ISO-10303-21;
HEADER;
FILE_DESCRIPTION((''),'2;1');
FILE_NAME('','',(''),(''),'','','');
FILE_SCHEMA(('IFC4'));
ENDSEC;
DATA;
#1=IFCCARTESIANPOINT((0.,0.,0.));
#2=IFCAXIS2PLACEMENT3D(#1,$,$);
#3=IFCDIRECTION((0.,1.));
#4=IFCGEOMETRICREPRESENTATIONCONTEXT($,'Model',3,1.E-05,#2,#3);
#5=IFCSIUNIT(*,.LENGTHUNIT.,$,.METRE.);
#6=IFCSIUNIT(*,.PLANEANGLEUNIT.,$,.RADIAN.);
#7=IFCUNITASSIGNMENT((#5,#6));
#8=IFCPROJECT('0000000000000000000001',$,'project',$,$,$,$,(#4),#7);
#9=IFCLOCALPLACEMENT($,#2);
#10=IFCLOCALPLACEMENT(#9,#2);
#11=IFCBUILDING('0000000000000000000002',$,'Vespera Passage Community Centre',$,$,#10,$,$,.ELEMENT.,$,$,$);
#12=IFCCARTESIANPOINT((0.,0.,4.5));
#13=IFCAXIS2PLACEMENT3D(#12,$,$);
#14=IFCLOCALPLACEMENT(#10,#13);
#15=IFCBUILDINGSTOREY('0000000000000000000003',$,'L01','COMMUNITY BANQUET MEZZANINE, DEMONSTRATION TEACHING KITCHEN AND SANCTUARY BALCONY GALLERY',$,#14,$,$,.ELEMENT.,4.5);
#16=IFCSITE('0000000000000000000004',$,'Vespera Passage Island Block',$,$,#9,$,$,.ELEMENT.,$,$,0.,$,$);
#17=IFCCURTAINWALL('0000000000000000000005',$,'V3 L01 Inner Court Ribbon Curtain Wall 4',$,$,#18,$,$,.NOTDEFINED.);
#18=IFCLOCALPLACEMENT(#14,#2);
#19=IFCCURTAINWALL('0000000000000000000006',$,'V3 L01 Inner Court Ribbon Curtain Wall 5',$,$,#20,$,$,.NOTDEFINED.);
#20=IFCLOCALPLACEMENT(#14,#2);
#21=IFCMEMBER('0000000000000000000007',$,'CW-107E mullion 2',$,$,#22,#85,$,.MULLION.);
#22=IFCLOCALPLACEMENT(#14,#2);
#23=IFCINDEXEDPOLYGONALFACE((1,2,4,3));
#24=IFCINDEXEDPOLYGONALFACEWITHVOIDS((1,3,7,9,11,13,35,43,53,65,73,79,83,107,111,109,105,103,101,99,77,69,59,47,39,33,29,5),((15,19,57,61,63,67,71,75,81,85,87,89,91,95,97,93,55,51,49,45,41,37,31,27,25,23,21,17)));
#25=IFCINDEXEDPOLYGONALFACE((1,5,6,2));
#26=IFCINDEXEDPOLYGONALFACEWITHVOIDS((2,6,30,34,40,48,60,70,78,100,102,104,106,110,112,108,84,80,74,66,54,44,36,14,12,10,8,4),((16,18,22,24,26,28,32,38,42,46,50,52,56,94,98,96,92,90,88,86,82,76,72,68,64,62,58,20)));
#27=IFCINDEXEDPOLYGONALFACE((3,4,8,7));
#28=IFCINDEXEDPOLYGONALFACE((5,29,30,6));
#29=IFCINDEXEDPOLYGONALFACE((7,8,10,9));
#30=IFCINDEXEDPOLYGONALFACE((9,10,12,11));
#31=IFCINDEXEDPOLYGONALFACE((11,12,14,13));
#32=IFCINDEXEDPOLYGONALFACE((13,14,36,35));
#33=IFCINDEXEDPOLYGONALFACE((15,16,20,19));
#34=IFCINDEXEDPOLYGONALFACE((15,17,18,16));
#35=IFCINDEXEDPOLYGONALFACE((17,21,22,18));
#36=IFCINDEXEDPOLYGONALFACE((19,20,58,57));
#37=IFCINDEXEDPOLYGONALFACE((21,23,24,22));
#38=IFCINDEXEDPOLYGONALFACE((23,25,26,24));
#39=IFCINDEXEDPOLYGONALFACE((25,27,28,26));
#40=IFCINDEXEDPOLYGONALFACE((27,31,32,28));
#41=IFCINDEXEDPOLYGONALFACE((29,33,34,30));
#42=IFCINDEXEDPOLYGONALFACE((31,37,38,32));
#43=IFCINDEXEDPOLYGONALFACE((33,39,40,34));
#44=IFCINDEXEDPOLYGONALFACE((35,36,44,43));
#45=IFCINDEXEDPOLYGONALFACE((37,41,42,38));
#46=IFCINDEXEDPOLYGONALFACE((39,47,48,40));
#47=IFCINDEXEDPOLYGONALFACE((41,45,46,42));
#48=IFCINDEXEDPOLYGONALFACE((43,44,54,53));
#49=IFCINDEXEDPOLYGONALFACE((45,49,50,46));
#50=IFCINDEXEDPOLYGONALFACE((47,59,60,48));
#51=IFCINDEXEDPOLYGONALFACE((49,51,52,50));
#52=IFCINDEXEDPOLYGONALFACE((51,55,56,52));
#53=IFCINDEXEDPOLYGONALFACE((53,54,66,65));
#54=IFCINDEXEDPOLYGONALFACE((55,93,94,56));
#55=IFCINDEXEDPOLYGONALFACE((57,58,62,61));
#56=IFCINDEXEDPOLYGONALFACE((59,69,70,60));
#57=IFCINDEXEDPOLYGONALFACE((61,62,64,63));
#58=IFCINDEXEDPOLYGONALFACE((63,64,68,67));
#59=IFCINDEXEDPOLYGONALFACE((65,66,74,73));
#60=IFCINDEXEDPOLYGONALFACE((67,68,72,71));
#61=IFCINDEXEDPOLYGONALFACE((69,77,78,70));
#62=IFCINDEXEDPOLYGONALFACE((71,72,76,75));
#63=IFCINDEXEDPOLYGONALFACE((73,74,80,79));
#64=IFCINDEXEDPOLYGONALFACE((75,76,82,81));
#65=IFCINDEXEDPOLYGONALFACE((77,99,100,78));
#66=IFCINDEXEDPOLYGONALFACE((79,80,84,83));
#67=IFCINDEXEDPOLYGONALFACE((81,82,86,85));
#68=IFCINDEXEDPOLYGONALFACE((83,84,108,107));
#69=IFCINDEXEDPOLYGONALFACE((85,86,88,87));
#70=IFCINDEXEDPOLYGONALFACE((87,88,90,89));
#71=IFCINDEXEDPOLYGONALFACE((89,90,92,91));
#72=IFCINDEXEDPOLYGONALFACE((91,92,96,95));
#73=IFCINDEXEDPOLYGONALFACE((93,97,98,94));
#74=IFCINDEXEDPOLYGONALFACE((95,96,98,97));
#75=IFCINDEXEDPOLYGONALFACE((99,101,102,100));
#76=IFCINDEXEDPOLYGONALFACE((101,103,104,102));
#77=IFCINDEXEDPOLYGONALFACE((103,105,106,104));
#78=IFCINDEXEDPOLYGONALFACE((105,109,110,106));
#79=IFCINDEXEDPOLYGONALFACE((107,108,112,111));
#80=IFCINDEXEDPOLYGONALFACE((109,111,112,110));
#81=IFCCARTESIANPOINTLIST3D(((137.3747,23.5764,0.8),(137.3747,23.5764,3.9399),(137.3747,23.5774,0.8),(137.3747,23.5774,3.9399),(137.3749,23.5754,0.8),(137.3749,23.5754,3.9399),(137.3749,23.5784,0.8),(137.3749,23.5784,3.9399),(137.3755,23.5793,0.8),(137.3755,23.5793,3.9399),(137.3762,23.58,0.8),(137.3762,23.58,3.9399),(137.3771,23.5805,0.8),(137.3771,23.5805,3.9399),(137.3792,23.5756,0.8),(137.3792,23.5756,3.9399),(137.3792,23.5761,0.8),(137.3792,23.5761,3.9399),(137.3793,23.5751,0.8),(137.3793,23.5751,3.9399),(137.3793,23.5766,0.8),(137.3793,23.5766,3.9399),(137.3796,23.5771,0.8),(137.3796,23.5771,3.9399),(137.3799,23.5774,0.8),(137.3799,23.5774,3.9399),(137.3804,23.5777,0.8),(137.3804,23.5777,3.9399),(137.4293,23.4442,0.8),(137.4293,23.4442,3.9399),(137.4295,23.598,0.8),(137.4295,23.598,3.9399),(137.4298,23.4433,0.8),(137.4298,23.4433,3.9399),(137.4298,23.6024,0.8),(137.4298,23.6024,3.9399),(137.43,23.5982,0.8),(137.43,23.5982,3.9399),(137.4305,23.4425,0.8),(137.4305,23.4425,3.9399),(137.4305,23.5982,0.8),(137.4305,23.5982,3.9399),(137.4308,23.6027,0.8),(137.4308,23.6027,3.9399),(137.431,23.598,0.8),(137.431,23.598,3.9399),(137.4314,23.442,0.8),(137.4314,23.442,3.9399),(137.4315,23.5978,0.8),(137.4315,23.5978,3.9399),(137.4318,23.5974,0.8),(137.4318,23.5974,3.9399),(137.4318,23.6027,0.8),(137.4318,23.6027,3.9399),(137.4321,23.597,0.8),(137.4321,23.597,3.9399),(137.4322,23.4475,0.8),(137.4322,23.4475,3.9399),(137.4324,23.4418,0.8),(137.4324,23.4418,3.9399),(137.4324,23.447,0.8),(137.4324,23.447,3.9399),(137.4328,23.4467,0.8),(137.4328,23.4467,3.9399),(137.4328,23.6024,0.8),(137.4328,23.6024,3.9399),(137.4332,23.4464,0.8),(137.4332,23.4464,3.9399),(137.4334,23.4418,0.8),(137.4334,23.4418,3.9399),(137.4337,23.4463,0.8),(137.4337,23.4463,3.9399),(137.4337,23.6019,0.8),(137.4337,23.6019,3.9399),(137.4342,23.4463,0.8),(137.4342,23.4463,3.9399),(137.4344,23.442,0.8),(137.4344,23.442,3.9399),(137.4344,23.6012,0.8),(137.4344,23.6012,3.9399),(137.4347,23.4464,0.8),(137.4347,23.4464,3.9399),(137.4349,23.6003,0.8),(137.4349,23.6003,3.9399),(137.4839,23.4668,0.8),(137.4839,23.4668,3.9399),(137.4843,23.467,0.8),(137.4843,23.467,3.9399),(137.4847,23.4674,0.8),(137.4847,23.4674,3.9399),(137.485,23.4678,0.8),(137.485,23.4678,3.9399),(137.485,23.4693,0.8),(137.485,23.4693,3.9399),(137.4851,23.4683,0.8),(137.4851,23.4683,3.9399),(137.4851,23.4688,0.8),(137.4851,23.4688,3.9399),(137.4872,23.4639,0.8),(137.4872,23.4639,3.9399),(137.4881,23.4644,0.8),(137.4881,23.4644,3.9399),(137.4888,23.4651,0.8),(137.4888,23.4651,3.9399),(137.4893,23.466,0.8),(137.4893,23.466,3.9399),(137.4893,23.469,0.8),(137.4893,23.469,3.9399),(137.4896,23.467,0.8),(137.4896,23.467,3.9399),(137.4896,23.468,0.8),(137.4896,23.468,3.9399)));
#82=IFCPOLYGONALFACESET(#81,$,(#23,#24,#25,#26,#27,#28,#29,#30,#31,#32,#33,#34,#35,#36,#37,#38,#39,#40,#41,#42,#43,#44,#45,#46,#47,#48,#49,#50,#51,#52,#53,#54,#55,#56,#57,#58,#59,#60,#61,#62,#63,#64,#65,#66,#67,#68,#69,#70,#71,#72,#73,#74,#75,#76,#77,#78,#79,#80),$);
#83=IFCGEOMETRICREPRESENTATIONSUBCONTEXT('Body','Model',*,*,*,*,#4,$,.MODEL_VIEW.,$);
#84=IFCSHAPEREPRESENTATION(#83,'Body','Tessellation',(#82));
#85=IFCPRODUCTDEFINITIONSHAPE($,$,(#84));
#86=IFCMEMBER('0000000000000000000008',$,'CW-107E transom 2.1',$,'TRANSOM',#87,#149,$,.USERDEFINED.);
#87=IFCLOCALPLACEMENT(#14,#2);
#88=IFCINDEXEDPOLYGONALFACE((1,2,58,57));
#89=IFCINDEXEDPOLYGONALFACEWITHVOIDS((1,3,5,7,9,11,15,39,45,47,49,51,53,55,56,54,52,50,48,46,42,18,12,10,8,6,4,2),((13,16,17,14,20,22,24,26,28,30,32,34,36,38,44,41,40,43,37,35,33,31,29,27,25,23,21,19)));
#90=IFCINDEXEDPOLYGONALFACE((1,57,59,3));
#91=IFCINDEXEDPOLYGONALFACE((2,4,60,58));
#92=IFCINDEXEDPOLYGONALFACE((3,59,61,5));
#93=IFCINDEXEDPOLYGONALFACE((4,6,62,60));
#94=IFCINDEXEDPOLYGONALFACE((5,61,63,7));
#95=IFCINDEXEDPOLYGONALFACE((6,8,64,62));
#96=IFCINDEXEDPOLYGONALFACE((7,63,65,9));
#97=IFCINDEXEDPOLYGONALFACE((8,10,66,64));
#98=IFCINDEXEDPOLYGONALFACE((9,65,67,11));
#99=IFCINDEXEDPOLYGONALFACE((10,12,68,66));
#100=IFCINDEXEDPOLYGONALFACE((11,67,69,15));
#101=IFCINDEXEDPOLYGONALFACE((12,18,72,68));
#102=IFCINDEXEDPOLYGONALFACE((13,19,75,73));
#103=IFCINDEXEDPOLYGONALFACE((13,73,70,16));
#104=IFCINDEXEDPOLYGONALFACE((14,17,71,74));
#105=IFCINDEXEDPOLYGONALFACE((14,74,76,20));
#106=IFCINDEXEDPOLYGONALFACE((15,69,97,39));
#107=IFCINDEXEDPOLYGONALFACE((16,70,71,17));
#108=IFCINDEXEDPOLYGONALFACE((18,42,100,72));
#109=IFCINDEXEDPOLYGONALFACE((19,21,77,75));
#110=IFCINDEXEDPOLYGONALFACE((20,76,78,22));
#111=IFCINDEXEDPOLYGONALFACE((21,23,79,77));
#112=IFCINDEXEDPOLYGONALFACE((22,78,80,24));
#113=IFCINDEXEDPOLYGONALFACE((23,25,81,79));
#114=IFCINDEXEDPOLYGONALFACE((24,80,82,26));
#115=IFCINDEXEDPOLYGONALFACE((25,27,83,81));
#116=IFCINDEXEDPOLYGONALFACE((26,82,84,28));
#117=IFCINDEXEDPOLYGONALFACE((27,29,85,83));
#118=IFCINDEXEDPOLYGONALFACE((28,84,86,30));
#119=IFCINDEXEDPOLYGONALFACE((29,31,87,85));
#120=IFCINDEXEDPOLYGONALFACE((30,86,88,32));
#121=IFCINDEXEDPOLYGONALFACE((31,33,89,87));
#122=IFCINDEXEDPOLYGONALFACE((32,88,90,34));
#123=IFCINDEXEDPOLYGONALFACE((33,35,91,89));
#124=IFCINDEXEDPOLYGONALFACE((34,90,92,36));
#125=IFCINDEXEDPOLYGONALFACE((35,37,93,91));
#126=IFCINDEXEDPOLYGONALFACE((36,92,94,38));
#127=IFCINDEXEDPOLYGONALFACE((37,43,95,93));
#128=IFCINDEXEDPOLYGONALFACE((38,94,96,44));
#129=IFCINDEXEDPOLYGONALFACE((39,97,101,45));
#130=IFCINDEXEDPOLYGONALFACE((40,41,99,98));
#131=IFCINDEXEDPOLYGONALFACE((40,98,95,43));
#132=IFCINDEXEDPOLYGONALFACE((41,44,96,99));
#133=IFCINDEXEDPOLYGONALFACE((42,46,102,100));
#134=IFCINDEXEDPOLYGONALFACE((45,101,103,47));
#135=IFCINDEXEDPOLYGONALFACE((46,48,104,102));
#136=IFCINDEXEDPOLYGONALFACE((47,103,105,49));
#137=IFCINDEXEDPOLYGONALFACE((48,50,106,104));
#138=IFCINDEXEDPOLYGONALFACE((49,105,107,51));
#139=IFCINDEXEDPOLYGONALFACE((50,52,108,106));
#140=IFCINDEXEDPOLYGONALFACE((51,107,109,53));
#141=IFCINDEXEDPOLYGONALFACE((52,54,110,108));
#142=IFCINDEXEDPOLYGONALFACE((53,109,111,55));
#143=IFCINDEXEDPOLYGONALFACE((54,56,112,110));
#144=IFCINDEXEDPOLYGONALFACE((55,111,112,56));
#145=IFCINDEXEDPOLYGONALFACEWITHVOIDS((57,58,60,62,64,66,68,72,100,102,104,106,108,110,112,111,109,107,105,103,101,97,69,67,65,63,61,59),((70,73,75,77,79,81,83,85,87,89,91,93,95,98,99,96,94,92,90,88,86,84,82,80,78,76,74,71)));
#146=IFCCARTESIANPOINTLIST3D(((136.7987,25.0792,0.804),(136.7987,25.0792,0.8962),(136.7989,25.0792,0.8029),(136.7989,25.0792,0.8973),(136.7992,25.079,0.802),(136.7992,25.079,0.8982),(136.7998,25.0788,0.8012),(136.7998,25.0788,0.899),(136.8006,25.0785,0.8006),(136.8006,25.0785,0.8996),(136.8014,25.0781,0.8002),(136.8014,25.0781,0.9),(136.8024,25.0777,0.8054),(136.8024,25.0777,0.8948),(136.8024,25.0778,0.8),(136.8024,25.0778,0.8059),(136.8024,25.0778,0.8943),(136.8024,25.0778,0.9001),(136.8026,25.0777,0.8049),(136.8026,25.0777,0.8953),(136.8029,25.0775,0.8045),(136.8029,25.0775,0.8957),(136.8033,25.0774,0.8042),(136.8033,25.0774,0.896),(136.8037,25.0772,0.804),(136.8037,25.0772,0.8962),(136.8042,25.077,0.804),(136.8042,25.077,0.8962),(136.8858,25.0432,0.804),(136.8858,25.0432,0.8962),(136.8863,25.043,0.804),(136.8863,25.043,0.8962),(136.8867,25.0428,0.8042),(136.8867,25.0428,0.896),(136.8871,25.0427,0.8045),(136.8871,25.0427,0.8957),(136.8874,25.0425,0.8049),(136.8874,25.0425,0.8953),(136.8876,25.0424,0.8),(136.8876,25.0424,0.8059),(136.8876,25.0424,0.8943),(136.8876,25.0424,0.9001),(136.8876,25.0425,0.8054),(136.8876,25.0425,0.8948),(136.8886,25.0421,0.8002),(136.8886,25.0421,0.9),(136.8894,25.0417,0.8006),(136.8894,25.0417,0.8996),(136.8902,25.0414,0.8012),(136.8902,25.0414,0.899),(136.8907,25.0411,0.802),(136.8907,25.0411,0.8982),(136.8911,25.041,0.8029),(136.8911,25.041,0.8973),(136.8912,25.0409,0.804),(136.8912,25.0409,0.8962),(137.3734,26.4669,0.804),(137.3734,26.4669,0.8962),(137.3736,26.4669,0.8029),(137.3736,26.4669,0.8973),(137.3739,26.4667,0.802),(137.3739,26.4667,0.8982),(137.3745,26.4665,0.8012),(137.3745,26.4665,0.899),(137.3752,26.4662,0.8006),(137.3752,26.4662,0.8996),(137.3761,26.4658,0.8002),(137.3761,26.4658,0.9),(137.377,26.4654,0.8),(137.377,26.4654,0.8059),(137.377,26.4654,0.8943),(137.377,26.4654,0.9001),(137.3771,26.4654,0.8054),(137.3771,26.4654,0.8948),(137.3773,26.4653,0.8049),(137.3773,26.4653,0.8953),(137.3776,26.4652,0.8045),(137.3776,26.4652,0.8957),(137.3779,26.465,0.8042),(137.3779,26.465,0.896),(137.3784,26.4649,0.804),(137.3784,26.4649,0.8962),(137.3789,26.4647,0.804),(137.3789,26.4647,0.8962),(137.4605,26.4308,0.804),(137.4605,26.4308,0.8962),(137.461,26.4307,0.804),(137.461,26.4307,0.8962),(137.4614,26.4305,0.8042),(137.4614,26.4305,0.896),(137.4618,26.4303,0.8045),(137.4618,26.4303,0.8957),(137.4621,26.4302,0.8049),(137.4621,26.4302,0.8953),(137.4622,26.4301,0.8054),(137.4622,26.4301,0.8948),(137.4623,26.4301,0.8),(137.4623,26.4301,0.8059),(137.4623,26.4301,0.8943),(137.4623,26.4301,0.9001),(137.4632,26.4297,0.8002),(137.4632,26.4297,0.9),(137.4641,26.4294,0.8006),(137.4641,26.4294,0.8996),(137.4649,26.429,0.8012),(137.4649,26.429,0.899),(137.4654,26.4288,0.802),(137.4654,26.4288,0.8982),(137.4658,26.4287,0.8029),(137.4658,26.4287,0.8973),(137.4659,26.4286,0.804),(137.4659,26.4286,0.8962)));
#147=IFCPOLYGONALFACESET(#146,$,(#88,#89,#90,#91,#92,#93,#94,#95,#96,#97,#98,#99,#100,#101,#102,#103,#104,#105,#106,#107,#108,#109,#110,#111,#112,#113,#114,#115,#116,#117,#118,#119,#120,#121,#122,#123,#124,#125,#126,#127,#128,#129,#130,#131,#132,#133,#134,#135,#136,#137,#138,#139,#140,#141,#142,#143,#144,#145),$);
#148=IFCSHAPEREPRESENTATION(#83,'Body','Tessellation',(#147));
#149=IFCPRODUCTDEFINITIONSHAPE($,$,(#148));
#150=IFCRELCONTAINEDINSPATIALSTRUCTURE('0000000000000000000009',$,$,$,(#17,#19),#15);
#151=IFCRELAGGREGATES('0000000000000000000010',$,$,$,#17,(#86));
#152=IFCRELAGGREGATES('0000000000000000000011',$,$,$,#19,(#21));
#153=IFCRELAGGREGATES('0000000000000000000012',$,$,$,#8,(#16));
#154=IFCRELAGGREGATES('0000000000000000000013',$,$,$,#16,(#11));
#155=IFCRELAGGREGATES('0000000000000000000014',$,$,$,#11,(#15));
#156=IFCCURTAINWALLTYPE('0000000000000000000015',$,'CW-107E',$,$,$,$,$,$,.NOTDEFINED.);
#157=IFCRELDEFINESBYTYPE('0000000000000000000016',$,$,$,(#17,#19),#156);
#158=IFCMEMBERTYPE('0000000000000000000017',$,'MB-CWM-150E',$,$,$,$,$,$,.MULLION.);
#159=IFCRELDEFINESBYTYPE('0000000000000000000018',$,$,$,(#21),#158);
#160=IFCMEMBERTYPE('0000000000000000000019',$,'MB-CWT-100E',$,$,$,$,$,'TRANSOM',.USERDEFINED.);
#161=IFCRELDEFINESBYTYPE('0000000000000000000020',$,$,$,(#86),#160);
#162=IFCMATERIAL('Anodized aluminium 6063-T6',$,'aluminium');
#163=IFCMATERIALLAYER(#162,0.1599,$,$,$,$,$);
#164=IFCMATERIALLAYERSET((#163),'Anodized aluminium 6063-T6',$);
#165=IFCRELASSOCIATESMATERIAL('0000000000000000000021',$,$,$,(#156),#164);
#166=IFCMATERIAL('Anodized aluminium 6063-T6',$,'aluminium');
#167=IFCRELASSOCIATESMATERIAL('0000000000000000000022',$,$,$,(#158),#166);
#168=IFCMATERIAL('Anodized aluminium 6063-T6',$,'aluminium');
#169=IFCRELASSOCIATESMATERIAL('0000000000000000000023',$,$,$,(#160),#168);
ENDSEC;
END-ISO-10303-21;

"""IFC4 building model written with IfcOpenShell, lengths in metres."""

from ifc_helpers import new_model, si_unit, direction, frame, origin, origin_2d, place, context, subcontext, project, spatial, hollow_rectangle, extrude, material, layer, layer_set, material_profile, profile_set, type_object, element, aggregate, save


model = new_model("IFC4")

# Units and contexts
model_context = context("Model", 3, precision=1e-05, world=origin(), true_north=direction((0.0, 1.0)))
body_context = subcontext(model_context, "Body", "Model", "MODEL_VIEW")
ifc_project = project(units=[si_unit("LENGTHUNIT", "METRE"), si_unit("PLANEANGLEUNIT", "RADIAN")], contexts=[model_context])

# Site, building, storey
site_placement = place(None, origin())
site = spatial("IfcSite", under=ifc_project, at=site_placement, Name="Vespera Passage Island Block", CompositionType="ELEMENT", RefElevation=0.0)
building_placement = place(site_placement, origin())
building = spatial("IfcBuilding", under=site, at=building_placement, Name="Vespera Passage Community Centre", CompositionType="ELEMENT")
storey_placement = place(building_placement, frame((0.0, 0.0, 4.5)))
storey = spatial("IfcBuildingStorey", under=building, at=storey_placement, Name="L01", Description="COMMUNITY BANQUET MEZZANINE, DEMONSTRATION TEACHING KITCHEN AND SANCTUARY BALCONY GALLERY", CompositionType="ELEMENT", Elevation=4.5)

# Curtain walls, member
ifc_material_1 = material(Name="Anodized aluminium 6063-T6", Category="aluminium")
ifc_layer_1 = layer(ifc_material_1, 0.1599)
ifc_layer_set_1 = layer_set([ifc_layer_1], Name="Anodized aluminium 6063-T6")
curtain_wall_type = type_object("IfcCurtainWallType", Name="CW-107E", PredefinedType="NOTDEFINED", material=ifc_layer_set_1)
curtain_wall_1_placement = place(storey_placement, origin())
curtain_wall_1 = element("IfcCurtainWall", 1, at=curtain_wall_1_placement, inside=storey, type_object=curtain_wall_type, Name="V3 L01 Inner Court Ribbon Curtain Wall 4", PredefinedType="NOTDEFINED")
ifc_material_2 = material(Name="Anodized aluminium 6063-T6", Category="aluminium")
ifc_material_profile_1 = material_profile(ifc_material_2, hollow_rectangle(XDim=0.0649, YDim=0.1499, WallThickness=0.0039, InnerFilletRadius=0.002, OuterFilletRadius=0.0039, at=origin_2d()), Name="ALU150X65X4")
ifc_profile_set_1 = profile_set([ifc_material_profile_1], Name="Anodized aluminium 6063-T6")
member_type_1 = type_object("IfcMemberType", Name="MB-CWM-150E", PredefinedType="MULLION", material=ifc_profile_set_1)
curtain_wall_2_placement = place(storey_placement, origin())
curtain_wall_2 = element("IfcCurtainWall", 2, at=curtain_wall_2_placement, inside=storey, type_object=curtain_wall_type, Name="V3 L01 Inner Court Ribbon Curtain Wall 5", PredefinedType="NOTDEFINED")
member_1_placement = place(storey_placement, frame((137.4321, 23.5222, 0.8), z_axis=(0.0, 0.0, 1.0), x_axis=(0.923879, 0.382686, 0.0)))
member_1 = element("IfcMember", 3, at=member_1_placement, type_object=member_type_1, Name="CW-107E mullion 2", PredefinedType="MULLION", context=body_context, shape_type="SweptSolid", body=[
    extrude(hollow_rectangle(XDim=0.0649, YDim=0.1499, WallThickness=0.0039, InnerFilletRadius=0.002, OuterFilletRadius=0.0039, at=origin_2d()), origin(), (0.0, 0.0, 1.0), 3.1399),
])

# Member
ifc_material_3 = material(Name="Anodized aluminium 6063-T6", Category="aluminium")
ifc_material_profile_2 = material_profile(ifc_material_3, hollow_rectangle(XDim=0.1001, YDim=0.1001, WallThickness=0.0039, InnerFilletRadius=0.002, OuterFilletRadius=0.0039, at=origin_2d()), Name="ALU100X100X4")
ifc_profile_set_2 = profile_set([ifc_material_profile_2], Name="Anodized aluminium 6063-T6")
member_type_2 = type_object("IfcMemberType", Name="MB-CWT-100E", ElementType="TRANSOM", PredefinedType="USERDEFINED", material=ifc_profile_set_2)
member_2_placement = place(storey_placement, frame((137.4197, 26.4478, 0.8501), z_axis=(-0.382629, -0.923902, 0.0), x_axis=(0.923902, -0.382629, 0.0)))
member_2 = element("IfcMember", 4, at=member_2_placement, type_object=member_type_2, Name="CW-107E transom 2.1", ObjectType="TRANSOM", PredefinedType="USERDEFINED", context=body_context, shape_type="SweptSolid", body=[
    extrude(hollow_rectangle(XDim=0.1001, YDim=0.1001, WallThickness=0.0039, InnerFilletRadius=0.002, OuterFilletRadius=0.0039, at=origin_2d()), origin(), (0.0, 0.0, 1.0), 1.502),
])

aggregate(curtain_wall_1, [member_2])
aggregate(curtain_wall_2, [member_1])

save(model, "model.ifc")
